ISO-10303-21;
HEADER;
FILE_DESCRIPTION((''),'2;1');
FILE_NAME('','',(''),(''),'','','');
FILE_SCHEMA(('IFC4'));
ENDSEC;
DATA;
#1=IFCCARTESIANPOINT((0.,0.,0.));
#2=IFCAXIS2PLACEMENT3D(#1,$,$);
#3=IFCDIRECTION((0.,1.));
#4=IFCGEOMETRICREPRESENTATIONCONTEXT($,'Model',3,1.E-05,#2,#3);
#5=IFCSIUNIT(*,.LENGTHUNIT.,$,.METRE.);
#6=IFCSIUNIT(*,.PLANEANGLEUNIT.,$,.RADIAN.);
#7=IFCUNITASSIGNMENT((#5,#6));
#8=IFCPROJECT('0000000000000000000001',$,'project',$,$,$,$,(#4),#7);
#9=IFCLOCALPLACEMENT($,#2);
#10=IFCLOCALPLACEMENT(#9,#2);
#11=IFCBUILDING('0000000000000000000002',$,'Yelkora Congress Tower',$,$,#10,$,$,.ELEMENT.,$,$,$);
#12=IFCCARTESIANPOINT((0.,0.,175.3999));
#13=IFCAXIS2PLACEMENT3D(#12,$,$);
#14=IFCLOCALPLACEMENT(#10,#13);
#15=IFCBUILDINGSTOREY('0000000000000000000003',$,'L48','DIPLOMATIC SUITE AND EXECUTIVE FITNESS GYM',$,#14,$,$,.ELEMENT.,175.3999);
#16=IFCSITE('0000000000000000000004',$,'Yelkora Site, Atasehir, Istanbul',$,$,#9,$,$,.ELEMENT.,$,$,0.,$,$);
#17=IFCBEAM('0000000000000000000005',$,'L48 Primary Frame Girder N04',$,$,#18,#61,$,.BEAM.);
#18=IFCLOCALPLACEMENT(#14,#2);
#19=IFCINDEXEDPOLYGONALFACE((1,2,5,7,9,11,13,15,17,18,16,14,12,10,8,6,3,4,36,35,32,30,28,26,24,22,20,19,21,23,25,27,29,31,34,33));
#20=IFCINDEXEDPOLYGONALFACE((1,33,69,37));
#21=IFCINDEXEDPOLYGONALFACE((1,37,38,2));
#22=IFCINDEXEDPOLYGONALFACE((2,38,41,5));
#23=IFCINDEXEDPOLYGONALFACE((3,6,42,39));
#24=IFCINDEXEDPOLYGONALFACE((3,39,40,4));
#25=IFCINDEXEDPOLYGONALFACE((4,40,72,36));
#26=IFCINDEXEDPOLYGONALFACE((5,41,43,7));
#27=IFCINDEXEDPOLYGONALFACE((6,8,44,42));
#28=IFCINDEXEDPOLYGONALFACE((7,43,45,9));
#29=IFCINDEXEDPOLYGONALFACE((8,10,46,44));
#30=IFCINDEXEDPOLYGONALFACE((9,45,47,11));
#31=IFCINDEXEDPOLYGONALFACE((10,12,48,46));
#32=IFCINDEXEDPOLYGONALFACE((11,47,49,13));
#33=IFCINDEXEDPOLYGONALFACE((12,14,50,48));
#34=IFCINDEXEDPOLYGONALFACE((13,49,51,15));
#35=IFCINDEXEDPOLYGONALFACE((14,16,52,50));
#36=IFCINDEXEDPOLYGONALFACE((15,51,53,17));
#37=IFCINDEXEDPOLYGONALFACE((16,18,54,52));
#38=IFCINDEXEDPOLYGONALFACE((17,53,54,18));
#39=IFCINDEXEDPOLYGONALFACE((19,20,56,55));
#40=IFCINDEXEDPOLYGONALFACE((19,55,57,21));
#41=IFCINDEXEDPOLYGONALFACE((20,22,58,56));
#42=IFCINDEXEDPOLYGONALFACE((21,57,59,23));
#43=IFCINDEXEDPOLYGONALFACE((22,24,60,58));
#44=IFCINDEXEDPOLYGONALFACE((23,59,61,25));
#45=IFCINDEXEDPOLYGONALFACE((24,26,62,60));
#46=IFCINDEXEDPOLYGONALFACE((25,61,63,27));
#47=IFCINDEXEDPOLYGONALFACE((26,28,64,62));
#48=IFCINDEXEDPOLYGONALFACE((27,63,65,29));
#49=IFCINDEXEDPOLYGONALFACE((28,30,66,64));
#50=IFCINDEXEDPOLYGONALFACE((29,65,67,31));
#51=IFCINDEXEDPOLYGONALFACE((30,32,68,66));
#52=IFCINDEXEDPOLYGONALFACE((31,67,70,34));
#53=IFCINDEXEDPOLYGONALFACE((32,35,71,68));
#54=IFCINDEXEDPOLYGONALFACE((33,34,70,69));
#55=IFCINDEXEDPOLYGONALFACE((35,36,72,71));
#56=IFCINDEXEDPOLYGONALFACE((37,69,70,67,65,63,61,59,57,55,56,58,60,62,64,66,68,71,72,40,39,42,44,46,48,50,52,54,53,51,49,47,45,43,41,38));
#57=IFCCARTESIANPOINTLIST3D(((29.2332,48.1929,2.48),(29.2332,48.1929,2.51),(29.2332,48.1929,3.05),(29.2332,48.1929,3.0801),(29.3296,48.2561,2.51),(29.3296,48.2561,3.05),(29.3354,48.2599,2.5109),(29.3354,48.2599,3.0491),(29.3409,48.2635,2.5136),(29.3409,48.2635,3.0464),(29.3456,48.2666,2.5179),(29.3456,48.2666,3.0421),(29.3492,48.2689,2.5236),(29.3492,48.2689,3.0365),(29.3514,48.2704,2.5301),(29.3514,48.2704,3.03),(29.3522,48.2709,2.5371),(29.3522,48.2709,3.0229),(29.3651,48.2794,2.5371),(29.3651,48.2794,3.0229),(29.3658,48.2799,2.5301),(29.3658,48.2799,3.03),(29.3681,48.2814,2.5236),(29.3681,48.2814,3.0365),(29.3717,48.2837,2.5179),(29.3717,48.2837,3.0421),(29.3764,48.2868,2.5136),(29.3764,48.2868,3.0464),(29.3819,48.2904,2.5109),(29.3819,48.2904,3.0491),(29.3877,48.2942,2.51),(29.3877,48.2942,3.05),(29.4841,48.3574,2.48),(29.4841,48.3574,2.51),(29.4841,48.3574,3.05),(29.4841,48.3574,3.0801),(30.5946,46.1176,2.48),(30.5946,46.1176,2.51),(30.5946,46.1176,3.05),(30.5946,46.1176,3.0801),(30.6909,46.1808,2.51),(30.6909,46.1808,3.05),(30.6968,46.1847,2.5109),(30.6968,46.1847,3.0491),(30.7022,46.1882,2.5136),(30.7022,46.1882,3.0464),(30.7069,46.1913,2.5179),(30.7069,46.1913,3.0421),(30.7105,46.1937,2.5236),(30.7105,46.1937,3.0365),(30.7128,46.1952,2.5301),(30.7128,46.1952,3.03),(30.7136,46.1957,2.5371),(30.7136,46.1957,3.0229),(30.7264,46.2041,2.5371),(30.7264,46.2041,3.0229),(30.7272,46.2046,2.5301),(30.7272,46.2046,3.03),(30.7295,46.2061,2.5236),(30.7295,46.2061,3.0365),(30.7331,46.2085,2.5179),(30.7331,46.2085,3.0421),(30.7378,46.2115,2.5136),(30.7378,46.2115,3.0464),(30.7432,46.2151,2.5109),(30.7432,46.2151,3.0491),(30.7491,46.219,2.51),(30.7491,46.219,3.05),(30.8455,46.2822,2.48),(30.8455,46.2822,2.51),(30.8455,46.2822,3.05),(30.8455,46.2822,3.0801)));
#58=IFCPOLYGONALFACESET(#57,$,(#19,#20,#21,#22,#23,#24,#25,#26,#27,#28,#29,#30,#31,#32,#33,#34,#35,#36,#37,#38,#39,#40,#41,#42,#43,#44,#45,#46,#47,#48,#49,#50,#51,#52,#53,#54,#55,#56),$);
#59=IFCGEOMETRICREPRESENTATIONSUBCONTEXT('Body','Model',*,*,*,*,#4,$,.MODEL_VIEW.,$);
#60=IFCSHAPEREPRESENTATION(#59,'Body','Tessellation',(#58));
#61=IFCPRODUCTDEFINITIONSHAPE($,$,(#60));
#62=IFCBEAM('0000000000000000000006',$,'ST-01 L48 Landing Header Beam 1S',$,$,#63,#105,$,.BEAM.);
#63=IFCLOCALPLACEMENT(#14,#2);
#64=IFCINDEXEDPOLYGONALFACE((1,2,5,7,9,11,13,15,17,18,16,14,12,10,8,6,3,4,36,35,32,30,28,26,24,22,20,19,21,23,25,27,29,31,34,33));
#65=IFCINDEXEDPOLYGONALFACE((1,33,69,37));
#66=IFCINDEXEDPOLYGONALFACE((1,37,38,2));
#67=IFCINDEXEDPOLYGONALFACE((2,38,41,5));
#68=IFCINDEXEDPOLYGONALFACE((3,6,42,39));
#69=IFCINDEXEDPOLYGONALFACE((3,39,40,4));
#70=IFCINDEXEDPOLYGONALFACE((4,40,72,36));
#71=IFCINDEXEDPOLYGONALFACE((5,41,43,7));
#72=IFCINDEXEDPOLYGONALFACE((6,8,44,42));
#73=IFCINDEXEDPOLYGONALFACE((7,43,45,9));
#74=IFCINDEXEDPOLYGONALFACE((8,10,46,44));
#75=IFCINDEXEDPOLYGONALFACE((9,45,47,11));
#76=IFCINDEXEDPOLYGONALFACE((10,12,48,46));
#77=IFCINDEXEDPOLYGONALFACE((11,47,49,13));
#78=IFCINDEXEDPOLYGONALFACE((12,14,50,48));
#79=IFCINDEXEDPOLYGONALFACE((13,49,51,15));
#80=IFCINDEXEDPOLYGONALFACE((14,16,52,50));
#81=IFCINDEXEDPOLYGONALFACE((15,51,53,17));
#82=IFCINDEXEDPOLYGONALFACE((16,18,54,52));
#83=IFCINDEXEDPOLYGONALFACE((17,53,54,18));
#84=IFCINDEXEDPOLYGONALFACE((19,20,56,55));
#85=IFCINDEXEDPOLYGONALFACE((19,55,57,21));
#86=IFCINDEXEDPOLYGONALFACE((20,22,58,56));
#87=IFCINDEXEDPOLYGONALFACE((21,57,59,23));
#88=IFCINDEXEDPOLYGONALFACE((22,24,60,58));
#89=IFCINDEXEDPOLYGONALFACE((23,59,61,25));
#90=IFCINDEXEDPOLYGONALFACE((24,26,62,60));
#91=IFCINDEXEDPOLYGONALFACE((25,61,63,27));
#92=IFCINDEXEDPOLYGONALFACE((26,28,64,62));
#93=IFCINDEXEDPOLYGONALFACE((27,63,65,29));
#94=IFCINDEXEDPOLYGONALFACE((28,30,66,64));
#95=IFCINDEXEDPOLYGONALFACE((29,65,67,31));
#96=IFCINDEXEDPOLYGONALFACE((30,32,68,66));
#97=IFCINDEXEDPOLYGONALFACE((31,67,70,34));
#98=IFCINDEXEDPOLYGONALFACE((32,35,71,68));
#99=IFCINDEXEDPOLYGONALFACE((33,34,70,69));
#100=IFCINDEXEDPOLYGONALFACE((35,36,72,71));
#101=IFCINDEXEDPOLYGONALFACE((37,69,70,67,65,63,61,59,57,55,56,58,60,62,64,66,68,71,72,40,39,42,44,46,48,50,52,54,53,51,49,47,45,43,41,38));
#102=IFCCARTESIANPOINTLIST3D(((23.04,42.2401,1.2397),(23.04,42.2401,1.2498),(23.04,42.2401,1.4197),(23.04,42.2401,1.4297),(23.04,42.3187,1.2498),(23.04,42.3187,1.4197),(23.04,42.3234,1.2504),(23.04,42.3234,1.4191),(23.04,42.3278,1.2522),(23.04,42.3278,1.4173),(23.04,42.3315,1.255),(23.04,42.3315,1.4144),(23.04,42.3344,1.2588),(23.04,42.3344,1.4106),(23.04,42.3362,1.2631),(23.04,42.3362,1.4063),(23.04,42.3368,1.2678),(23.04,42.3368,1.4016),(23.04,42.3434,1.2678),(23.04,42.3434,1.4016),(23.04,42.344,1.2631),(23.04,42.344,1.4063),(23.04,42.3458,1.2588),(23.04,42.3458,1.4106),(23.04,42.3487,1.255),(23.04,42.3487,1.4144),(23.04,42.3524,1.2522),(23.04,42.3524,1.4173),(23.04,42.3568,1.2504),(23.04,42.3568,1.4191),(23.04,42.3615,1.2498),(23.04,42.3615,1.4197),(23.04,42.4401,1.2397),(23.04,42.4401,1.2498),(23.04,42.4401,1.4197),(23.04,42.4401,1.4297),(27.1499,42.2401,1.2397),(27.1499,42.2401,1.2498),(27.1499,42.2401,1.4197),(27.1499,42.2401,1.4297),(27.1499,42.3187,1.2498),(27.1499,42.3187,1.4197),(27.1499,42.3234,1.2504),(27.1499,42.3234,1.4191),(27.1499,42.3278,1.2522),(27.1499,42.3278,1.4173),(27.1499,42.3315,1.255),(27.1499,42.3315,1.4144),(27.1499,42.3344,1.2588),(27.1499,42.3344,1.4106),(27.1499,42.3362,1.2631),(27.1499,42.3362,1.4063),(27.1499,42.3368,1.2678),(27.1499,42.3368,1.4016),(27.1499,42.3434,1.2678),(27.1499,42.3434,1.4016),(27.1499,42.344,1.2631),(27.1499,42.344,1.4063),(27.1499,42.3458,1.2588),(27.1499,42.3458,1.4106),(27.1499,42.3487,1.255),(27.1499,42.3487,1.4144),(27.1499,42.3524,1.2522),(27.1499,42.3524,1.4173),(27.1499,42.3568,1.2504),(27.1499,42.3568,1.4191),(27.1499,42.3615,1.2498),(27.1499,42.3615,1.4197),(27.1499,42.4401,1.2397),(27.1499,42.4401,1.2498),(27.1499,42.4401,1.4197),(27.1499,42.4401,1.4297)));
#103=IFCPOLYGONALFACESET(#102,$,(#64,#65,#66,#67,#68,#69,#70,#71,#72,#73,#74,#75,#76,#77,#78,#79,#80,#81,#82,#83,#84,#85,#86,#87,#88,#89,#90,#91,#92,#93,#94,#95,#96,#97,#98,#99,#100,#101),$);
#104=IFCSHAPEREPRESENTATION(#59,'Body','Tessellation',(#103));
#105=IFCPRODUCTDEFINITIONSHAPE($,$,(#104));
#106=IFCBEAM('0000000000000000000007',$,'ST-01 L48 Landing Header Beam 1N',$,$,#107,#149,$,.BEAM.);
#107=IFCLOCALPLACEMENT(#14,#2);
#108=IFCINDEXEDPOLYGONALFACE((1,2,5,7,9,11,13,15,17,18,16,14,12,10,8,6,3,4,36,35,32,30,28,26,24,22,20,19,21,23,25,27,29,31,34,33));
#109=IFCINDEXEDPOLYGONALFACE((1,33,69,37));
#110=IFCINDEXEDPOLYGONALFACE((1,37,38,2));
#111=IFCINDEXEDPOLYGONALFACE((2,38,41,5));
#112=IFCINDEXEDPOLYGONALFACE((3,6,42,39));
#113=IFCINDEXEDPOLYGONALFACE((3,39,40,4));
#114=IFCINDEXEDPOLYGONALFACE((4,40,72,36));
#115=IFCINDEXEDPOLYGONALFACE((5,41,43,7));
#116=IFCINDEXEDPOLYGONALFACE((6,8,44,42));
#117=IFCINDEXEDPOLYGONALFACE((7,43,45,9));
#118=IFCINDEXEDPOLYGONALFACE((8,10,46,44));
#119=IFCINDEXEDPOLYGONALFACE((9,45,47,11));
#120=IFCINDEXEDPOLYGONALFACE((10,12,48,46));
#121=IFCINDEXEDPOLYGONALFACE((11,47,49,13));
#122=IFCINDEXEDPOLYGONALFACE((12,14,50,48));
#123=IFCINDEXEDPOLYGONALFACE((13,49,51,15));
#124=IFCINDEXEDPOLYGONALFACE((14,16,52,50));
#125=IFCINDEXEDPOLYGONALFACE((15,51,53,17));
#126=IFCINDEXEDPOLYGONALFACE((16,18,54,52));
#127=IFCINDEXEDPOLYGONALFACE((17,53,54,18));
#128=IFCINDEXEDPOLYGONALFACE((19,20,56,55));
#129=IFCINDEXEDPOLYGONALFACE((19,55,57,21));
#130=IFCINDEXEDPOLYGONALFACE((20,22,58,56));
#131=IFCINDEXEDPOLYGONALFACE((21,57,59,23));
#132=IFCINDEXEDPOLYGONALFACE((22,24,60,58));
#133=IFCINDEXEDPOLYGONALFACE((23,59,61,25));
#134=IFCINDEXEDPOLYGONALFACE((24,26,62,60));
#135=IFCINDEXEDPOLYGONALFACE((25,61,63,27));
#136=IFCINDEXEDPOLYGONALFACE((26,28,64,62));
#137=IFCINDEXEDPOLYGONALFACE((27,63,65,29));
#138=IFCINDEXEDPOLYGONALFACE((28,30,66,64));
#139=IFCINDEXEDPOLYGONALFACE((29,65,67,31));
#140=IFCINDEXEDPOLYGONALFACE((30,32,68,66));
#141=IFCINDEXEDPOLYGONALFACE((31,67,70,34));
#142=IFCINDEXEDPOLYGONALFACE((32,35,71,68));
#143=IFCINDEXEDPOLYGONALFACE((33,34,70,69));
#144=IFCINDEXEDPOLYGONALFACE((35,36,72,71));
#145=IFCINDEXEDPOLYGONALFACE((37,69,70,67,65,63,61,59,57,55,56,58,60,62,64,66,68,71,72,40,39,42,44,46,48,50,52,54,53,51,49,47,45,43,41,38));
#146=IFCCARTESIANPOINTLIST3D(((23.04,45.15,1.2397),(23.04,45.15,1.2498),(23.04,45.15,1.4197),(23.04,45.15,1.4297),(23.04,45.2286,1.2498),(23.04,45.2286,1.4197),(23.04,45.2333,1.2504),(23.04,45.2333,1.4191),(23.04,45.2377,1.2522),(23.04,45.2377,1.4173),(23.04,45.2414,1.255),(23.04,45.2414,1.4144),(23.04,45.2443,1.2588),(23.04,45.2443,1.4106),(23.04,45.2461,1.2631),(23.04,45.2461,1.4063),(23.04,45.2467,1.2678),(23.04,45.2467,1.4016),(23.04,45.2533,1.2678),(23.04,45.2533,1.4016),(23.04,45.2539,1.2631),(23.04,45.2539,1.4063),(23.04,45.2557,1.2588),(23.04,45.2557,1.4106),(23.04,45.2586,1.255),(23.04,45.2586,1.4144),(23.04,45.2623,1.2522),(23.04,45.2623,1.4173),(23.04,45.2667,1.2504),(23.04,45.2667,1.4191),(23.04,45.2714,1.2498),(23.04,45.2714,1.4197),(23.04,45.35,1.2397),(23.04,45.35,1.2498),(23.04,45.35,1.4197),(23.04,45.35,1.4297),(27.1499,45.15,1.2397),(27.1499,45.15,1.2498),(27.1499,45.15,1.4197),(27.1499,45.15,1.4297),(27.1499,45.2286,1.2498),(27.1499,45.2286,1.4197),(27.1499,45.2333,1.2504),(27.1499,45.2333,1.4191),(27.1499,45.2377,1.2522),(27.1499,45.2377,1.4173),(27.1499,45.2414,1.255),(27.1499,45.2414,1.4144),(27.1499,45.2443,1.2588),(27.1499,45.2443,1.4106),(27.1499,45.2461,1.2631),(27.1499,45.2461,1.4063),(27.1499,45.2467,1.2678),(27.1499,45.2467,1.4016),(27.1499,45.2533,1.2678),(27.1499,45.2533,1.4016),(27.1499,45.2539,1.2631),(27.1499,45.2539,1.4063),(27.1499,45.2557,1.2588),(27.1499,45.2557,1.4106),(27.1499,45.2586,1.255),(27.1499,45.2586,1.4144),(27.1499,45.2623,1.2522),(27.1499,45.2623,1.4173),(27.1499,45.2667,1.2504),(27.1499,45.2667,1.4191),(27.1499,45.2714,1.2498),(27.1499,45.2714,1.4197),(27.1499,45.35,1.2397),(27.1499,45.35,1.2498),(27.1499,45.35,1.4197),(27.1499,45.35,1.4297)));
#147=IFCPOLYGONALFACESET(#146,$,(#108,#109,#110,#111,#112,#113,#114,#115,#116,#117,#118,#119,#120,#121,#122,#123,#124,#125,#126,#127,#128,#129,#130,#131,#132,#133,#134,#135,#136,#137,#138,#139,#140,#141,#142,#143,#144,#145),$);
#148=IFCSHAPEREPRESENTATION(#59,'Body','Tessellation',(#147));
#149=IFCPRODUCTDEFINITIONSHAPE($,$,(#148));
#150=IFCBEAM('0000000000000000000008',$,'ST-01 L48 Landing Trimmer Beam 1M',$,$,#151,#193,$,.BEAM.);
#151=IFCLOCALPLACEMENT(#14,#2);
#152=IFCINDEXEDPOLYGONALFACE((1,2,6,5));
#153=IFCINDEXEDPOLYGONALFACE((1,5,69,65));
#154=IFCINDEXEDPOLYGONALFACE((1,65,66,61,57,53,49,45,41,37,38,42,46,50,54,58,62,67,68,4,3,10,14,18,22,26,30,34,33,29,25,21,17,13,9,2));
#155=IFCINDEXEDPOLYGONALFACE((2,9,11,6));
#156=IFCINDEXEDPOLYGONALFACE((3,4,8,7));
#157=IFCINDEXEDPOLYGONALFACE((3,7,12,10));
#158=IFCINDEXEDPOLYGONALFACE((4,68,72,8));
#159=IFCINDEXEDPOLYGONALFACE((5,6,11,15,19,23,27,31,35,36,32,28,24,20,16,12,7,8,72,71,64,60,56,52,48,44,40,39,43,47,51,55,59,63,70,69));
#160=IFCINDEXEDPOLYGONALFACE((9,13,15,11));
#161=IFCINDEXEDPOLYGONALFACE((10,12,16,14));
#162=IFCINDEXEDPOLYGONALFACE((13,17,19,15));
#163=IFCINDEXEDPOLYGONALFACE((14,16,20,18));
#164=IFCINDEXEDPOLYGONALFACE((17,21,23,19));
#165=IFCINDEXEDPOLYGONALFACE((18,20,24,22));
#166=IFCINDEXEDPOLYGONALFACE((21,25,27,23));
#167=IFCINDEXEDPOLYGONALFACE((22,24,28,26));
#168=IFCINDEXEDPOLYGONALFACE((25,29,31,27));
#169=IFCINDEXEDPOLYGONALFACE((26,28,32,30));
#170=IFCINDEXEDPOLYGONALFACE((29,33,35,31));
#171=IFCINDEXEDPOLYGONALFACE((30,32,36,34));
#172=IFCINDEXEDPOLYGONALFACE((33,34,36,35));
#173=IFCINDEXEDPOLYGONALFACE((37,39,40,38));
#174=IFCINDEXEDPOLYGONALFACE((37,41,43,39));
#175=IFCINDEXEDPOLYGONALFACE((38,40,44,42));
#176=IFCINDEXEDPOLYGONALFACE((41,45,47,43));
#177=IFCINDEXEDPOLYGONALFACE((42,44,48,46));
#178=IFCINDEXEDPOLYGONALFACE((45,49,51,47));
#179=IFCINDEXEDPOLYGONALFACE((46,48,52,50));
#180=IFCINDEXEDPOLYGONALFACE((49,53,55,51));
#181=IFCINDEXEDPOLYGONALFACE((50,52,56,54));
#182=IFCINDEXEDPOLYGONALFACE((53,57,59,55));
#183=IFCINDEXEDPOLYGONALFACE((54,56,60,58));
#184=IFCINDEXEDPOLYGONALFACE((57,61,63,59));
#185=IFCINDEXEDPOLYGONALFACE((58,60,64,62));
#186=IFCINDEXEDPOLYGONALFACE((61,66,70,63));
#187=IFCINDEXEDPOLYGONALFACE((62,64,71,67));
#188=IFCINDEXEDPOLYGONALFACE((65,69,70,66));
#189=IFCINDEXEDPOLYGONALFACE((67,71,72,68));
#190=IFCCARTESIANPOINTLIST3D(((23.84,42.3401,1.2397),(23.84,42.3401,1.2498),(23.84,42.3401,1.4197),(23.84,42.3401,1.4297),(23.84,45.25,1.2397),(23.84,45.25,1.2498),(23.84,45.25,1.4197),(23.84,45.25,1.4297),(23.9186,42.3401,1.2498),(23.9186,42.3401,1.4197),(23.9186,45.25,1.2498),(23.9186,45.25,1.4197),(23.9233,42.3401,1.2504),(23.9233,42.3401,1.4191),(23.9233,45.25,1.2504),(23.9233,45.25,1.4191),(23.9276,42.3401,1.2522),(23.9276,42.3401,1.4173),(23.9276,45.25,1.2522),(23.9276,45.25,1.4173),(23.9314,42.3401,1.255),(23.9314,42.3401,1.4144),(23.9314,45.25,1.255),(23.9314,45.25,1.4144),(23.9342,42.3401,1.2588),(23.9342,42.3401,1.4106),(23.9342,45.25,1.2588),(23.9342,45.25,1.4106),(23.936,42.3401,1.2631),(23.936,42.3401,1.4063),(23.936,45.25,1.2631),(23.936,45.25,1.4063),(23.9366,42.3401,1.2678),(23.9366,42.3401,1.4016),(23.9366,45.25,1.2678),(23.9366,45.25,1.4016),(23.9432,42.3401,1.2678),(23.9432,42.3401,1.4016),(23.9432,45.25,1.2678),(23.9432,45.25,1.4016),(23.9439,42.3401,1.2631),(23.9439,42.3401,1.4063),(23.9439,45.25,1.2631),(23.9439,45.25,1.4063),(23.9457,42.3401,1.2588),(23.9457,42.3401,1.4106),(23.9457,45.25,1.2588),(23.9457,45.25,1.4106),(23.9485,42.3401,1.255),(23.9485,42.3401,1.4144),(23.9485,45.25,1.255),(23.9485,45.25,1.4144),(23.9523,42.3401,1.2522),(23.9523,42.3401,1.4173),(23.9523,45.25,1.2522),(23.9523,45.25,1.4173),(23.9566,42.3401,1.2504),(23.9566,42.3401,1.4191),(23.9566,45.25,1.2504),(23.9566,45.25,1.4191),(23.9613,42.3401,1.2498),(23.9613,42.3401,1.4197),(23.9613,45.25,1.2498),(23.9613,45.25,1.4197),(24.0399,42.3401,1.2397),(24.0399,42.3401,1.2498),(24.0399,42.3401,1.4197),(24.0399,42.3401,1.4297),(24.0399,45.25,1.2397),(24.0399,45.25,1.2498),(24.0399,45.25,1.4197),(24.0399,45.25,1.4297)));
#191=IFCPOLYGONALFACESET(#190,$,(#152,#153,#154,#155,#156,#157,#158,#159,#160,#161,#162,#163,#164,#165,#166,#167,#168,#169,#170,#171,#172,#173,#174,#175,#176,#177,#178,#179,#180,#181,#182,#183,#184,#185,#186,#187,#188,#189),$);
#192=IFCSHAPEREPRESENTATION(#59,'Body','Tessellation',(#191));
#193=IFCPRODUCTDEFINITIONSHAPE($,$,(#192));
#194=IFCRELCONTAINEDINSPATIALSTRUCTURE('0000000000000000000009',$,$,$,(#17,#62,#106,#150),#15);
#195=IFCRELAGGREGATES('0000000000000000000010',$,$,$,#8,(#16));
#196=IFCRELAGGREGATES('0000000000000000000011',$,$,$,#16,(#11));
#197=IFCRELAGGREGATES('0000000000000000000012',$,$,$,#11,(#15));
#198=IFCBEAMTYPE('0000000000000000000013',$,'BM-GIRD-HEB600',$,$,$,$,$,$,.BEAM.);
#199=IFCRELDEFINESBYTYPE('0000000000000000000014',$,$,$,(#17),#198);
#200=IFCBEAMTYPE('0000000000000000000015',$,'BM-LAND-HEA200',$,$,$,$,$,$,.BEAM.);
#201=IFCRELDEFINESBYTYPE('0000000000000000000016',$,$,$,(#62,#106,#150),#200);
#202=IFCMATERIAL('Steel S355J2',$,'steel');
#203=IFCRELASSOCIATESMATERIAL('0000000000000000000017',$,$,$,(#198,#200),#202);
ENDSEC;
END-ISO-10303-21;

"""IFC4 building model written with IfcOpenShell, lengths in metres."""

from ifc_helpers import new_model, si_unit, direction, frame, origin, origin_2d, place, context, subcontext, project, spatial, i_section, extrude, material, material_profile, profile_set, type_object, element, save


model = new_model("IFC4")

# Units and contexts
model_context = context("Model", 3, precision=1e-05, world=origin(), true_north=direction((0.0, 1.0)))
body_context = subcontext(model_context, "Body", "Model", "MODEL_VIEW")
ifc_project = project(units=[si_unit("LENGTHUNIT", "METRE"), si_unit("PLANEANGLEUNIT", "RADIAN")], contexts=[model_context])

# Site, building, storey
site_placement = place(None, origin())
site = spatial("IfcSite", under=ifc_project, at=site_placement, Name="Yelkora Site, Atasehir, Istanbul", CompositionType="ELEMENT", RefElevation=0.0)
building_placement = place(site_placement, origin())
building = spatial("IfcBuilding", under=site, at=building_placement, Name="Yelkora Congress Tower", CompositionType="ELEMENT")
storey_placement = place(building_placement, frame((0.0, 0.0, 175.3999)))
storey = spatial("IfcBuildingStorey", under=building, at=storey_placement, Name="L48", Description="DIPLOMATIC SUITE AND EXECUTIVE FITNESS GYM", CompositionType="ELEMENT", Elevation=175.3999)

# Beams
ifc_material_1 = material(Name="Steel S355J2", Category="steel")
ifc_material_profile_1 = material_profile(ifc_material_1, i_section(OverallWidth=0.3, OverallDepth=0.6001, WebThickness=0.0154, FlangeThickness=0.03, FilletRadius=0.0271, at=origin_2d()), Name="HEB 600")
ifc_profile_set_1 = profile_set([ifc_material_profile_1], Name="Steel S355J2")
beam_type_1 = type_object("IfcBeamType", Name="BM-GIRD-HEB600", PredefinedType="BEAM", material=ifc_profile_set_1)
beam_1_placement = place(storey_placement, frame((29.3586, 48.2751, 2.78), z_axis=(0.54851, -0.836144, 0.0), x_axis=(0.836144, 0.54851, 0.0)))
element("IfcBeam", 1, at=beam_1_placement, inside=storey, type_object=beam_type_1, Name="L48 Primary Frame Girder N04", PredefinedType="BEAM", context=body_context, shape_type="SweptSolid", body=[
    extrude(i_section(OverallWidth=0.3, OverallDepth=0.6001, WebThickness=0.0154, FlangeThickness=0.03, FilletRadius=0.0271, at=origin_2d()), origin(), (0.0, 0.0, 1.0), 2.4819),
])
ifc_material_profile_2 = material_profile(ifc_material_1, i_section(OverallWidth=0.2, OverallDepth=0.1899, WebThickness=0.0066, FlangeThickness=0.01, FilletRadius=0.0181, at=origin_2d()), Name="HEA 200")
ifc_profile_set_2 = profile_set([ifc_material_profile_2], Name="Steel S355J2")
beam_type_2 = type_object("IfcBeamType", Name="BM-LAND-HEA200", PredefinedType="BEAM", material=ifc_profile_set_2)
for number, where, z_axis, x_axis, name in (
    (2, (23.04, 42.3401, 1.3347), (1.0, 0.0, 0.0), (0.0, 1.0, 0.0), "ST-01 L48 Landing Header Beam 1S"),
    (3, (23.04, 45.25, 1.3347), (1.0, 0.0, 0.0), (0.0, 1.0, 0.0), "ST-01 L48 Landing Header Beam 1N"),
):
    element("IfcBeam", number, at=place(storey_placement, frame(where, z_axis=z_axis, x_axis=x_axis)), inside=storey, type_object=beam_type_2, Name=name, PredefinedType="BEAM", context=body_context, shape_type="SweptSolid", body=[
        extrude(i_section(OverallWidth=0.2, OverallDepth=0.1899, WebThickness=0.0066, FlangeThickness=0.01, FilletRadius=0.0181, at=origin_2d()), origin(), (0.0, 0.0, 1.0), 4.1099),
    ])
beam_2_placement = place(storey_placement, frame((23.9399, 42.3401, 1.3347), z_axis=(0.0, 1.0, 0.0), x_axis=(-1.0, 0.0, 0.0)))
element("IfcBeam", 4, at=beam_2_placement, inside=storey, type_object=beam_type_2, Name="ST-01 L48 Landing Trimmer Beam 1M", PredefinedType="BEAM", context=body_context, shape_type="SweptSolid", body=[
    extrude(i_section(OverallWidth=0.2, OverallDepth=0.1899, WebThickness=0.0066, FlangeThickness=0.01, FilletRadius=0.0181, at=origin_2d()), origin(), (0.0, 0.0, 1.0), 2.9099),
])

save(model, "model.ifc")
